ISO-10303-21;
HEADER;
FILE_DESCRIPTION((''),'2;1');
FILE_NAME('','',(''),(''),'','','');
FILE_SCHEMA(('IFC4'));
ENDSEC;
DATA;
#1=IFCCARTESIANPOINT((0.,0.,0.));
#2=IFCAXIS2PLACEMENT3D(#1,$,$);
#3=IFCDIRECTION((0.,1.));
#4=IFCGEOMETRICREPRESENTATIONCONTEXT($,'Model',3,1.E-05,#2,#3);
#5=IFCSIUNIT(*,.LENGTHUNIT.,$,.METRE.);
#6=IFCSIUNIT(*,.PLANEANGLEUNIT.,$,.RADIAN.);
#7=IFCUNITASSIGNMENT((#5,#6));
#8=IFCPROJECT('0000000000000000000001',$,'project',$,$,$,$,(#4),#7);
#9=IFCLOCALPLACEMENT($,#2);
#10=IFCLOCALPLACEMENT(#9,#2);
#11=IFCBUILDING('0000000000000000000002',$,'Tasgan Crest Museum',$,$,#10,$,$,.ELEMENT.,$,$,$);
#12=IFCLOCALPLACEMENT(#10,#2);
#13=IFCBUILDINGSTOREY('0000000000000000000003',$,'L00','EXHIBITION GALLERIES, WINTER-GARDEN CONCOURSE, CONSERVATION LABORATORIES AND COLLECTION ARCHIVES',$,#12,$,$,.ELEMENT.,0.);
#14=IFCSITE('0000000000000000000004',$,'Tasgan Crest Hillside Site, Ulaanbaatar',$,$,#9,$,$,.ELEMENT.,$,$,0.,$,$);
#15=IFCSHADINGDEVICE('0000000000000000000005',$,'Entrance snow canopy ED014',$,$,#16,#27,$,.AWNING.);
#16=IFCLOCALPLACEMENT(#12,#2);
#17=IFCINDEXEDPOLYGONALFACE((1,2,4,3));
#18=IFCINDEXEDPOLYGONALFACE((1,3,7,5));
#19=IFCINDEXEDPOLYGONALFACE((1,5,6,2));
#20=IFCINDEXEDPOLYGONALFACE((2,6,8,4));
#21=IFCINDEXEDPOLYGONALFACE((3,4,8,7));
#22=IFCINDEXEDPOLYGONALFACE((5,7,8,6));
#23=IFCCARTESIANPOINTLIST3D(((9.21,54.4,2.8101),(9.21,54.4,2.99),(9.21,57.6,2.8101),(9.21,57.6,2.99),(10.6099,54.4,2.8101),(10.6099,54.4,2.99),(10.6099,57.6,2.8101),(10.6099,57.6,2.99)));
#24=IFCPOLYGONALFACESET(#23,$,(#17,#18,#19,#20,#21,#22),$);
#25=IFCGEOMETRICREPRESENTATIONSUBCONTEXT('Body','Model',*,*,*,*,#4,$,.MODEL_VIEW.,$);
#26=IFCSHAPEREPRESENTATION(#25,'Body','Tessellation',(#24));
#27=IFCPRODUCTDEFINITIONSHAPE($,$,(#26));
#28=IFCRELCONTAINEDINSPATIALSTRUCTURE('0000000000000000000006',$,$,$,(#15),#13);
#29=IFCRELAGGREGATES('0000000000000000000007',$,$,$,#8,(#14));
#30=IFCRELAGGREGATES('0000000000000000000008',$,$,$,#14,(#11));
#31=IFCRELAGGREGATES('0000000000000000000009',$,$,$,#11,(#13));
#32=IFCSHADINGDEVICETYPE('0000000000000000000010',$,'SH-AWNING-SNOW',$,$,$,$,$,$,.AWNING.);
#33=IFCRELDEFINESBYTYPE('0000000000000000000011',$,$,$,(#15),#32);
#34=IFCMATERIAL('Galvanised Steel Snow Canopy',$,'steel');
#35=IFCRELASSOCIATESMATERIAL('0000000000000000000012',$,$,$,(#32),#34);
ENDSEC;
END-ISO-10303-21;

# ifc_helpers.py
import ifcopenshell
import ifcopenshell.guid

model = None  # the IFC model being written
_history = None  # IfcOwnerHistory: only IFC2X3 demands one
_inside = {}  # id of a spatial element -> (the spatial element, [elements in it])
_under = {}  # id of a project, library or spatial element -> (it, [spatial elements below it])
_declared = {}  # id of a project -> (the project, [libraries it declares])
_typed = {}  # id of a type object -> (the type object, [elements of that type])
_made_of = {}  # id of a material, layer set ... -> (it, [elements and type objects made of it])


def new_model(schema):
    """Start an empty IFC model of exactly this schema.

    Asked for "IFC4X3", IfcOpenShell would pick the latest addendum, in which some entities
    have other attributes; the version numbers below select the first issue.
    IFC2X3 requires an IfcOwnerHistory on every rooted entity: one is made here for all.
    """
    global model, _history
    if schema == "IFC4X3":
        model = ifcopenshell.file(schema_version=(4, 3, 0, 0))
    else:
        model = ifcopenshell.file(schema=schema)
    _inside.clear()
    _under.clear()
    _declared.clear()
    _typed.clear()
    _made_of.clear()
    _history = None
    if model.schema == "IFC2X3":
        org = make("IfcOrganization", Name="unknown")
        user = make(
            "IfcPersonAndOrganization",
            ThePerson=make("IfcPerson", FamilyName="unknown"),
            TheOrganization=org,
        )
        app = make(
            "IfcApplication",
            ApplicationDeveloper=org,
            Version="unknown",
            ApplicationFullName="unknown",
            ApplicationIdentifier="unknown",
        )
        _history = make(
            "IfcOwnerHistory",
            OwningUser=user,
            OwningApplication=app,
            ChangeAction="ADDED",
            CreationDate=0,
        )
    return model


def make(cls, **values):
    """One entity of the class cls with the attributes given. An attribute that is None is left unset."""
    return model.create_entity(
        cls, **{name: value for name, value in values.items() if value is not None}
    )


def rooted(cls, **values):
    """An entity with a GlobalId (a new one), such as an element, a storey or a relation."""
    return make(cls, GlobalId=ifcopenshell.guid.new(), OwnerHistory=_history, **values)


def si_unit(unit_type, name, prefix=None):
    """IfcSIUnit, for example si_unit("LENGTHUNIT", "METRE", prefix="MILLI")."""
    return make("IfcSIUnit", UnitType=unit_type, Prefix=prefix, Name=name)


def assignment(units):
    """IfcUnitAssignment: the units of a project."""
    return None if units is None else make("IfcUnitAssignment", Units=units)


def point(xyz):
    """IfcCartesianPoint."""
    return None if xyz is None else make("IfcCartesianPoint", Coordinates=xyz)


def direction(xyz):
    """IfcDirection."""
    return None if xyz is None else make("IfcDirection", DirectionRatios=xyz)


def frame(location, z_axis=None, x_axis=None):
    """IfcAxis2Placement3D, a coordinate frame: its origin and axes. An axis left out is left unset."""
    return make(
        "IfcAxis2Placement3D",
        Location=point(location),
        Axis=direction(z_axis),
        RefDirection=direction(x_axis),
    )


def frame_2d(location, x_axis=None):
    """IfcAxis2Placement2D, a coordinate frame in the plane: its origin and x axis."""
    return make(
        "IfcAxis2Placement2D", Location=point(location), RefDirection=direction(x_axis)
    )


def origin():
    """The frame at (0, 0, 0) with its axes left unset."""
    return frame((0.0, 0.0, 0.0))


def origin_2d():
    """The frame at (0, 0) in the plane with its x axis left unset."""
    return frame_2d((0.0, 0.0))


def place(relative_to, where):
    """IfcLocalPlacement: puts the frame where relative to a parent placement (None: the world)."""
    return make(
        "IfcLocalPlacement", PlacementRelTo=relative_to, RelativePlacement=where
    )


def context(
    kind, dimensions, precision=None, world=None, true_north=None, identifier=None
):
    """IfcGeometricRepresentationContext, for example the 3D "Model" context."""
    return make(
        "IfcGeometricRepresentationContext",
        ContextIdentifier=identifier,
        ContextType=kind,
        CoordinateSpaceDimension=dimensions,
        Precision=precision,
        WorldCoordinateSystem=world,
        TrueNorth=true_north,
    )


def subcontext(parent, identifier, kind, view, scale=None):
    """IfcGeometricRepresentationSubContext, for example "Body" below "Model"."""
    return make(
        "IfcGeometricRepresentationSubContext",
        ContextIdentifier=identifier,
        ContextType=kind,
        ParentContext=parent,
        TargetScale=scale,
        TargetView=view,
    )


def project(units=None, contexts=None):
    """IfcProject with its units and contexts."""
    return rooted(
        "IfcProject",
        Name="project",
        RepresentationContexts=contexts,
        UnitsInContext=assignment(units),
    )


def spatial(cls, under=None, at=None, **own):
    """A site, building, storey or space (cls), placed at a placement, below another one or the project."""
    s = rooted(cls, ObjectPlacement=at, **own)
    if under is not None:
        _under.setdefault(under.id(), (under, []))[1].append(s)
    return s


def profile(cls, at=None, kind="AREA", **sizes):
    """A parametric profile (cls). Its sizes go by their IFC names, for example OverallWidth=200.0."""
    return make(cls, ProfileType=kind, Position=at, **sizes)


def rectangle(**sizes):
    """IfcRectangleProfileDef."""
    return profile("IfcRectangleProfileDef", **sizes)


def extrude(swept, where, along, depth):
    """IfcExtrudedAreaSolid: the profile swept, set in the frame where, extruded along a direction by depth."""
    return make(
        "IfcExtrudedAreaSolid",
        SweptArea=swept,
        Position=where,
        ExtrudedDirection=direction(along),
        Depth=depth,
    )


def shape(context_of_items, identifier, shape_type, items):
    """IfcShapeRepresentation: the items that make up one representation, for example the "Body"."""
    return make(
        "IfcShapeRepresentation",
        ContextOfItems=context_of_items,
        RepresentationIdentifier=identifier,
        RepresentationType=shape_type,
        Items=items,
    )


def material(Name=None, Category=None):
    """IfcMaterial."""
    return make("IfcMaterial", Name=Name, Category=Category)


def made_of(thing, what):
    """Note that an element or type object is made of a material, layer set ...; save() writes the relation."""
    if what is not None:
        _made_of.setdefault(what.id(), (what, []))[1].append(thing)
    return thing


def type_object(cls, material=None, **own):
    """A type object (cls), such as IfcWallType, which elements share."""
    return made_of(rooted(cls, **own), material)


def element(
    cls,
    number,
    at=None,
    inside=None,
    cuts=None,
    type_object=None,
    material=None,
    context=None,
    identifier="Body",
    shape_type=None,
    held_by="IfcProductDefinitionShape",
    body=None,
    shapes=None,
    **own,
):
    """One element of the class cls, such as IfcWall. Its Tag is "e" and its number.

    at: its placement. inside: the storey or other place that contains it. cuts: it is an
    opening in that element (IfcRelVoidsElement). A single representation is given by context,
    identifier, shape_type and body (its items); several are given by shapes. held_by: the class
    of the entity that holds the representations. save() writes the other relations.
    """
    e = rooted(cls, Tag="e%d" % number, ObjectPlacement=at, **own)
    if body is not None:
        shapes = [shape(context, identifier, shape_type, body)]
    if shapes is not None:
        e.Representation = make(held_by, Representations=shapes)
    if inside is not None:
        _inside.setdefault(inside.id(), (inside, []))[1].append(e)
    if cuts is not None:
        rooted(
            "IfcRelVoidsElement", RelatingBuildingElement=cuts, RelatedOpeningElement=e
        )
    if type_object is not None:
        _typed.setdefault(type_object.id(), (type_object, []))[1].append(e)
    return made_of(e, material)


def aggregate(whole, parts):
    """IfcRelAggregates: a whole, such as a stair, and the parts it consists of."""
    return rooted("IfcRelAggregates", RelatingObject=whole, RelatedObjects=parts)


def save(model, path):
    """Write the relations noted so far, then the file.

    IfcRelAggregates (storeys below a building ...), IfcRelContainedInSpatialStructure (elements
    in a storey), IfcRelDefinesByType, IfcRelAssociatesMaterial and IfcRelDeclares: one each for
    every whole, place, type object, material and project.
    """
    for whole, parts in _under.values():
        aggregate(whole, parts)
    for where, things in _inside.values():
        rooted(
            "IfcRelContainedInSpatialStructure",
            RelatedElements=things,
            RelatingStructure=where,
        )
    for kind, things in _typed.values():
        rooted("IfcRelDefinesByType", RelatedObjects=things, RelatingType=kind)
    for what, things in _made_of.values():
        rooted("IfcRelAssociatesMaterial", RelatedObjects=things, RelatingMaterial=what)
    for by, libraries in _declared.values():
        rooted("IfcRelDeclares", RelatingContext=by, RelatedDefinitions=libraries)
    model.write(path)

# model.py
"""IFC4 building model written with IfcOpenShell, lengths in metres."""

from ifc_helpers import new_model, si_unit, direction, frame, origin, origin_2d, place, context, subcontext, project, spatial, rectangle, extrude, material, type_object, element, save


model = new_model("IFC4")

# Units and contexts
model_context = context("Model", 3, precision=1e-05, world=origin(), true_north=direction((0.0, 1.0)))
body_context = subcontext(model_context, "Body", "Model", "MODEL_VIEW")
ifc_project = project(units=[si_unit("LENGTHUNIT", "METRE"), si_unit("PLANEANGLEUNIT", "RADIAN")], contexts=[model_context])

# Site, building, storey
site_placement = place(None, origin())
site = spatial("IfcSite", under=ifc_project, at=site_placement, Name="Tasgan Crest Hillside Site, Ulaanbaatar", CompositionType="ELEMENT", RefElevation=0.0)
building_placement = place(site_placement, origin())
building = spatial("IfcBuilding", under=site, at=building_placement, Name="Tasgan Crest Museum", CompositionType="ELEMENT")
storey_placement = place(building_placement, origin())
storey = spatial("IfcBuildingStorey", under=building, at=storey_placement, Name="L00", Description="EXHIBITION GALLERIES, WINTER-GARDEN CONCOURSE, CONSERVATION LABORATORIES AND COLLECTION ARCHIVES", CompositionType="ELEMENT", Elevation=0.0)

# Shading device
ifc_material_1 = material(Name="Galvanised Steel Snow Canopy", Category="steel")
shading_device_type = type_object("IfcShadingDeviceType", Name="SH-AWNING-SNOW", PredefinedType="AWNING", material=ifc_material_1)
shading_device_placement = place(storey_placement, frame((9.9099, 56.0, 2.8101), z_axis=(0.0, 0.0, 1.0), x_axis=(0.0, -1.0, 0.0)))
element("IfcShadingDevice", 1, at=shading_device_placement, inside=storey, type_object=shading_device_type, Name="Entrance snow canopy ED014", PredefinedType="AWNING", context=body_context, shape_type="SweptSolid", body=[
    extrude(rectangle(XDim=3.2, YDim=1.3999, at=origin_2d()), origin(), (0.0, 0.0, 1.0), 0.1799),
])

save(model, "model.ifc")
